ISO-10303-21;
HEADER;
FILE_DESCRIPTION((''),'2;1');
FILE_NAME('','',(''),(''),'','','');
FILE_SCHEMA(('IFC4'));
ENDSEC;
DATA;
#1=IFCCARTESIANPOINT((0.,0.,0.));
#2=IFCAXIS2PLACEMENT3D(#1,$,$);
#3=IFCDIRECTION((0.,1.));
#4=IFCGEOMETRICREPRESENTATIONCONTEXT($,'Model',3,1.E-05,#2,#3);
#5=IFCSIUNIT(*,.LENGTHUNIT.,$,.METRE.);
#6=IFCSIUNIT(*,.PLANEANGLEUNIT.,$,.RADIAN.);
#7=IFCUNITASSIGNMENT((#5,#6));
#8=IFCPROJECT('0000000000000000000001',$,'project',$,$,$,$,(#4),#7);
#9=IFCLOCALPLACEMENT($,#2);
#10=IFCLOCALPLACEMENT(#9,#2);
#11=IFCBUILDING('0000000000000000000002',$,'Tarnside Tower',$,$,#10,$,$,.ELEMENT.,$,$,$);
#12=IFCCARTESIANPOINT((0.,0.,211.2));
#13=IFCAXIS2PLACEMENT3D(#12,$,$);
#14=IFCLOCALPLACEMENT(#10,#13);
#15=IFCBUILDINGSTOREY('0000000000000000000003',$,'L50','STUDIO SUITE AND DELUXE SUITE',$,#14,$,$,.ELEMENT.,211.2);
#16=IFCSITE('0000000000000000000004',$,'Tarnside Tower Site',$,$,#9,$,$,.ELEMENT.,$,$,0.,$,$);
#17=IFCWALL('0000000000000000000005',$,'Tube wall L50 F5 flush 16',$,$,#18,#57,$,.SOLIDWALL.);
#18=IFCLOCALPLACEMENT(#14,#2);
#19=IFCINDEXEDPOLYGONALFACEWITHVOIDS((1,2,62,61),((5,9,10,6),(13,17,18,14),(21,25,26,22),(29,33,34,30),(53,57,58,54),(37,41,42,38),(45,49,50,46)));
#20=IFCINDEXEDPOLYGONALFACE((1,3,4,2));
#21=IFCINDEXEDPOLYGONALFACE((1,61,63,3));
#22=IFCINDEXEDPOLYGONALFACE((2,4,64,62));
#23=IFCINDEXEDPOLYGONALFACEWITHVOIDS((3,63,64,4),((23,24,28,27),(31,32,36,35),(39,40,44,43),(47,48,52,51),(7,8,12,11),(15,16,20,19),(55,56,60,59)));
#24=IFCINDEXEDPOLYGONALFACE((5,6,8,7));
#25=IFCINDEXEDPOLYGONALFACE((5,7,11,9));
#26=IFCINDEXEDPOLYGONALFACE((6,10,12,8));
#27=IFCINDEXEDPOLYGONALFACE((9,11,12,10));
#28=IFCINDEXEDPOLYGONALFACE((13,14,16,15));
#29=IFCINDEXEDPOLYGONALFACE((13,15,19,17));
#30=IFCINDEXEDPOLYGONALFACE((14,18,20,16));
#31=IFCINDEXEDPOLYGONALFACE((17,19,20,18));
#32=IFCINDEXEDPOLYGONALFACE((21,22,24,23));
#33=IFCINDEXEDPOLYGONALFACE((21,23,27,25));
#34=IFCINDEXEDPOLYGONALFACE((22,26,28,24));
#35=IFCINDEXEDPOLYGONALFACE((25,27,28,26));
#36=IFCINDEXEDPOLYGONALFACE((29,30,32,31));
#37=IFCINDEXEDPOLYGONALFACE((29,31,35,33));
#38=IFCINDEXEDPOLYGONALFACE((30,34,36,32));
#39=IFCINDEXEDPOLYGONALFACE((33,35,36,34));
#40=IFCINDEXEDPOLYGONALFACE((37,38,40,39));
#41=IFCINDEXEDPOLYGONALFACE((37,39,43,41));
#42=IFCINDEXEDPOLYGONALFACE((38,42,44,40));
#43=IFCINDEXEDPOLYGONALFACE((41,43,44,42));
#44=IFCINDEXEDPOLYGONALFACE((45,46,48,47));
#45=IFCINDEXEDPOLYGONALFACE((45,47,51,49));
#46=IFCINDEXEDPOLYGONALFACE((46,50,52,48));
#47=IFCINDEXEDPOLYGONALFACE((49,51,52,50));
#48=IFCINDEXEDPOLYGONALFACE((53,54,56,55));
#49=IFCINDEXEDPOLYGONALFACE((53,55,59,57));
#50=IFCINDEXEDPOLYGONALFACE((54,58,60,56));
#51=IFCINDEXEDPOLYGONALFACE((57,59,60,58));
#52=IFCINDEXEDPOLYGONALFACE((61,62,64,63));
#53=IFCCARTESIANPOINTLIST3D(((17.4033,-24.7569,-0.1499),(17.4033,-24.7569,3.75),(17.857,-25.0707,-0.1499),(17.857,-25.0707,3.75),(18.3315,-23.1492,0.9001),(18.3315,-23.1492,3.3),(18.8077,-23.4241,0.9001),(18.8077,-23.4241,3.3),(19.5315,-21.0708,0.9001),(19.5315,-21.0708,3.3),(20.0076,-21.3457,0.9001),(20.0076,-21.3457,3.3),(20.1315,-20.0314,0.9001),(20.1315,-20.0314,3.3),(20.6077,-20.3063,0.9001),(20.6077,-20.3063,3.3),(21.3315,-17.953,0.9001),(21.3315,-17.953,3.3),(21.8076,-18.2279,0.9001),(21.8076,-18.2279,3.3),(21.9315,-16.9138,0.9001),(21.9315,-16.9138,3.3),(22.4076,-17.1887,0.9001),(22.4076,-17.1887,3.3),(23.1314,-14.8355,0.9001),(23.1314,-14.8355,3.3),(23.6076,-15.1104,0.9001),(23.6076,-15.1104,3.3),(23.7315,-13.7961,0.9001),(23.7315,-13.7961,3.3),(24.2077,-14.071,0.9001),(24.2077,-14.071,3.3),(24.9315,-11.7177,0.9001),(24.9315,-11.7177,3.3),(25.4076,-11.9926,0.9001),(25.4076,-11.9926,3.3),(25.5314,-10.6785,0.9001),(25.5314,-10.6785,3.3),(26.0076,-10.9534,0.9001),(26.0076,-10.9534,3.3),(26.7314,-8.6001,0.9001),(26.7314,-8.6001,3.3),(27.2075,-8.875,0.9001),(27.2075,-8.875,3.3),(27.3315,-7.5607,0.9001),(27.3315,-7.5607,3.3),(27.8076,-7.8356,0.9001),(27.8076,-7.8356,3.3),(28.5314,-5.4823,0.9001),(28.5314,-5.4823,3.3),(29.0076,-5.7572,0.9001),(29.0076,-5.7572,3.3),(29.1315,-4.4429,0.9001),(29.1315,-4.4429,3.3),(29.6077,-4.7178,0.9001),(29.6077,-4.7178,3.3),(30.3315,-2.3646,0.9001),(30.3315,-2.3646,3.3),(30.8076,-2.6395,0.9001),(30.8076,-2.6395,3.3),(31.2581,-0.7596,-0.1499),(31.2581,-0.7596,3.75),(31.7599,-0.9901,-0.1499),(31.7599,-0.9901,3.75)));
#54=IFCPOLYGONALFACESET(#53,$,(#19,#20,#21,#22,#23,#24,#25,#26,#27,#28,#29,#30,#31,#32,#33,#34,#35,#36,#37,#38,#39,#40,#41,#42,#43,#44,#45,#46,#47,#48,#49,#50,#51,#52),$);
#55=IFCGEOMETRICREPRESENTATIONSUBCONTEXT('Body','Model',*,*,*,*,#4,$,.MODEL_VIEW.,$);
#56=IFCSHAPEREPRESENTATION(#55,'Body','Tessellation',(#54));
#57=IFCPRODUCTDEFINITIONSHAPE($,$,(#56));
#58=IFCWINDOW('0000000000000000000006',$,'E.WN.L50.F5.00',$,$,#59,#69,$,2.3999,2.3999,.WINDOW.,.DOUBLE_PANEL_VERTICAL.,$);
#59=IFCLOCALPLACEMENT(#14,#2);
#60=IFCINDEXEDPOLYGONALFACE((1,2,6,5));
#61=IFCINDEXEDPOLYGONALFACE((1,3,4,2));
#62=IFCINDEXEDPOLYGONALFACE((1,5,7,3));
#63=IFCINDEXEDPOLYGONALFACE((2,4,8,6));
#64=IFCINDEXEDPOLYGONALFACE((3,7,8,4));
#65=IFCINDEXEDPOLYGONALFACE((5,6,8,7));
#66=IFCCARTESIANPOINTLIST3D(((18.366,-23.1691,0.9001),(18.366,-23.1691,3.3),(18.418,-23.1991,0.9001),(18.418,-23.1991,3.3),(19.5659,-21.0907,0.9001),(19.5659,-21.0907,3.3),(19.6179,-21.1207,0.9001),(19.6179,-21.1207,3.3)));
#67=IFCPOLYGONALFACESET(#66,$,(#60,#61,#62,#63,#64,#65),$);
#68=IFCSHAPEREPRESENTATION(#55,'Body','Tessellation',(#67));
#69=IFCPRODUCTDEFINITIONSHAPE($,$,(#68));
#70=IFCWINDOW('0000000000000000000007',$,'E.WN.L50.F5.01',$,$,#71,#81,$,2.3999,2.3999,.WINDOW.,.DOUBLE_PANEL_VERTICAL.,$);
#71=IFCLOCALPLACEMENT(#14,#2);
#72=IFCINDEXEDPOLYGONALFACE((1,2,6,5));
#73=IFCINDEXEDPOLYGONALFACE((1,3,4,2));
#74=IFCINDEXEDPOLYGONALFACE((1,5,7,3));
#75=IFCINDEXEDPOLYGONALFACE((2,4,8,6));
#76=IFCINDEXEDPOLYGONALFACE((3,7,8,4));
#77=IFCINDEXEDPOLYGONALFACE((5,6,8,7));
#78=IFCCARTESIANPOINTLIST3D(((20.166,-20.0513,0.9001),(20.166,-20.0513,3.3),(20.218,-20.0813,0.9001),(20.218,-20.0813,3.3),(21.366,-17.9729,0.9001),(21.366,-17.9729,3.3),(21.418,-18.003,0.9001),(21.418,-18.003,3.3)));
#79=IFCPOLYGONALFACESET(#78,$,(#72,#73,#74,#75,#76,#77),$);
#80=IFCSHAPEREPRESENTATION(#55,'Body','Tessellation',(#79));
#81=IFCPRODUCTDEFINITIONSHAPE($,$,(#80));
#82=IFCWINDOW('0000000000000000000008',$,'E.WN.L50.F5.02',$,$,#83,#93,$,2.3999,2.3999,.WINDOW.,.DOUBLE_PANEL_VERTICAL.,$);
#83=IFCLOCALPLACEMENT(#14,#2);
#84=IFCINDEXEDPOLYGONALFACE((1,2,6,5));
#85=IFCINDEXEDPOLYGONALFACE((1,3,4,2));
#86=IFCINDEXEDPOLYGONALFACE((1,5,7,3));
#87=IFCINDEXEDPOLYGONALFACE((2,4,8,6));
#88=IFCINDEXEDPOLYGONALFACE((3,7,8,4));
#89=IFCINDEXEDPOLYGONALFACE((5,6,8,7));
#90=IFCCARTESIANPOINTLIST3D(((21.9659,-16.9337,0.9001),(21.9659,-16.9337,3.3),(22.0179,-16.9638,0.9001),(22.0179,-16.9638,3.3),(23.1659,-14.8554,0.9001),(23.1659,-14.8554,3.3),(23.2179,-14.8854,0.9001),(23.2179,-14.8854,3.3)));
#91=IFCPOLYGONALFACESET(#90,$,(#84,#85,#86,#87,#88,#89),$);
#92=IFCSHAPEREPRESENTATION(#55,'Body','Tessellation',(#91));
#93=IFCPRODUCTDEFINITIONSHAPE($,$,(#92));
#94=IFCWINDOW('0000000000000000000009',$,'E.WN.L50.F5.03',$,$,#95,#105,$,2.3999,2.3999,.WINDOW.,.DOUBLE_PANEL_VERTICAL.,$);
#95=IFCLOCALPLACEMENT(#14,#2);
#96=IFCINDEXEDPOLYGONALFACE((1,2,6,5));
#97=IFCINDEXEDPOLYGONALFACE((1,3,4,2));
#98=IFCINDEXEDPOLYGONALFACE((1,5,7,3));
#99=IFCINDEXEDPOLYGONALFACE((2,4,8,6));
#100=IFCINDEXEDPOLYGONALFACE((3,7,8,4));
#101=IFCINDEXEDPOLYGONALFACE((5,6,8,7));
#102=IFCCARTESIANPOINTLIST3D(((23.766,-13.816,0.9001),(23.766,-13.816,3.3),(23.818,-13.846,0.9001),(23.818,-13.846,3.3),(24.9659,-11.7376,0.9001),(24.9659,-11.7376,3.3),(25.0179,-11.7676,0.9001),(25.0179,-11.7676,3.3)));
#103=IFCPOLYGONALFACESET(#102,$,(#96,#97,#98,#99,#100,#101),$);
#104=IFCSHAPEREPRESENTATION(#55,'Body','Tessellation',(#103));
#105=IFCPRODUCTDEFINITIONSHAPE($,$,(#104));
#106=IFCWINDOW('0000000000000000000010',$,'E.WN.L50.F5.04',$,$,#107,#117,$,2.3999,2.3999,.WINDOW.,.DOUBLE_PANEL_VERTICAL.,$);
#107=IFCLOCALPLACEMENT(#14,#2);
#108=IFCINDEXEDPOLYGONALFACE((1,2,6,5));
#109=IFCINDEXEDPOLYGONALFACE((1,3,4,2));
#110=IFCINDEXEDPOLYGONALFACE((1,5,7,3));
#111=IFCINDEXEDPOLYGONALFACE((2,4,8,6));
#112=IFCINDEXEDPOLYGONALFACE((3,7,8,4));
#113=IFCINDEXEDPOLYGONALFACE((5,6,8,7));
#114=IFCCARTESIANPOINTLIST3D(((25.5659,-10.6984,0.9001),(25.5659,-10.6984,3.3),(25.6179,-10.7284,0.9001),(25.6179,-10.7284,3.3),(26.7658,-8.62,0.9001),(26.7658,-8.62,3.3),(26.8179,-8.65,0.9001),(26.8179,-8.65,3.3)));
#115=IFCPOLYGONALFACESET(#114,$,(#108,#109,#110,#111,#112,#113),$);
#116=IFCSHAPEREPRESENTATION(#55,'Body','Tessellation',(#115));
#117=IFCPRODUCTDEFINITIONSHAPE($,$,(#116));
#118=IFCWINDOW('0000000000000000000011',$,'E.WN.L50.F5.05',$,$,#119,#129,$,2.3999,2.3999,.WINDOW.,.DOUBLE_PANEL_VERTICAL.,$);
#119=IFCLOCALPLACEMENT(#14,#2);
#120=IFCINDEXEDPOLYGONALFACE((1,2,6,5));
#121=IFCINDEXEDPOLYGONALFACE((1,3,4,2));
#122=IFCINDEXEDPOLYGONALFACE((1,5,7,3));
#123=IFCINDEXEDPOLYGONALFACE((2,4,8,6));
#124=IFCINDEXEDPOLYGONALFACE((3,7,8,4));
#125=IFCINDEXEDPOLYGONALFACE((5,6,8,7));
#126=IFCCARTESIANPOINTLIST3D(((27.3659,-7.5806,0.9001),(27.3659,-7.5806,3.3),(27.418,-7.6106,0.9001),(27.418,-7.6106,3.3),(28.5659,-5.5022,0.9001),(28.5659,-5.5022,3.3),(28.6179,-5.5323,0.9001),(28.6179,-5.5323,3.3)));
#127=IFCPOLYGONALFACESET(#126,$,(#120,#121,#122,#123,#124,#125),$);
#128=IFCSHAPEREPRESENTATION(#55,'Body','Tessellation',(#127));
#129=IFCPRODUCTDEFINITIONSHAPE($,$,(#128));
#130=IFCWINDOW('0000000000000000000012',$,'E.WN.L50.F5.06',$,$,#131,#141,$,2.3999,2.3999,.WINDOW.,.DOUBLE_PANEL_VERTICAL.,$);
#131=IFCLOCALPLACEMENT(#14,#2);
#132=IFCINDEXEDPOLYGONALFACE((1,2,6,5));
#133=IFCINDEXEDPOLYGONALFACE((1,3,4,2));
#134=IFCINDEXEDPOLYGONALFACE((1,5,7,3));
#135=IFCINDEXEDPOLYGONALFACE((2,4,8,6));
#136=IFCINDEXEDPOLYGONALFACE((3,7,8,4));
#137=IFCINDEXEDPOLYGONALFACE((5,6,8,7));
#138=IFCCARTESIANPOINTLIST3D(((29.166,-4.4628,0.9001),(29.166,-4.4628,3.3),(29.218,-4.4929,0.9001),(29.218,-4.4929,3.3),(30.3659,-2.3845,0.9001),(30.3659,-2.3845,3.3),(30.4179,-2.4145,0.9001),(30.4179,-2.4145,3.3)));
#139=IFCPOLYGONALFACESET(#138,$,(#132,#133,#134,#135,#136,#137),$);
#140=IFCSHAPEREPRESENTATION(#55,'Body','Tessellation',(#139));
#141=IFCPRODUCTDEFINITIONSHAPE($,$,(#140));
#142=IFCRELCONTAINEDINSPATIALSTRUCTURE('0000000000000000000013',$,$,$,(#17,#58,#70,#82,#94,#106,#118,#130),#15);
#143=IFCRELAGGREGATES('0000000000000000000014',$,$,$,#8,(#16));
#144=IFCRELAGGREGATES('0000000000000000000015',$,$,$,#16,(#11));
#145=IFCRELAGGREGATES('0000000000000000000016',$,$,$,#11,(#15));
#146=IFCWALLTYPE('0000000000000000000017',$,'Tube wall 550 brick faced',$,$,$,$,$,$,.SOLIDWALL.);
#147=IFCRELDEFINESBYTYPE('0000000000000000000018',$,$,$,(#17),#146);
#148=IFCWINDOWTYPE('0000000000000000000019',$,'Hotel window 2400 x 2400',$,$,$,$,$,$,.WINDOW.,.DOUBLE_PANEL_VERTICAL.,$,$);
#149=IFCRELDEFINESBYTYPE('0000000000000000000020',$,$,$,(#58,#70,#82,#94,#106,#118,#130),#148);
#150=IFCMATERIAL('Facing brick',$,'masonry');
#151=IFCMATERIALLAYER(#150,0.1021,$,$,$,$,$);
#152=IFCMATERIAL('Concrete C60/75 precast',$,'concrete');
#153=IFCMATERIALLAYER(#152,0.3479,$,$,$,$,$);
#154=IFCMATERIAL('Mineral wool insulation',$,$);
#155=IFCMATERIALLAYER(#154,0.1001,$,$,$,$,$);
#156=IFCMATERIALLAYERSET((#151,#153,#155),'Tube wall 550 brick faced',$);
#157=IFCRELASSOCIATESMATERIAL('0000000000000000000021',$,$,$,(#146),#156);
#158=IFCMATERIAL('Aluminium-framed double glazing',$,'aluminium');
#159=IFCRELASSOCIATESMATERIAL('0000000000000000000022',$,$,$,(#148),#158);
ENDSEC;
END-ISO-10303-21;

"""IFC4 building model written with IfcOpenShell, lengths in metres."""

from ifc_helpers import new_model, si_unit, direction, frame, frame_2d, origin, place, context, subcontext, project, spatial, polyline, rectangle, outline, extrude, material, layer, layer_set, type_object, element, fill, save


model = new_model("IFC4")

# Units and contexts
model_context = context("Model", 3, precision=1e-05, world=origin(), true_north=direction((0.0, 1.0)))
body_context = subcontext(model_context, "Body", "Model", "MODEL_VIEW")
ifc_project = project(units=[si_unit("LENGTHUNIT", "METRE"), si_unit("PLANEANGLEUNIT", "RADIAN")], contexts=[model_context])

# Site, building, storey
site_placement = place(None, origin())
site = spatial("IfcSite", under=ifc_project, at=site_placement, Name="Tarnside Tower Site", CompositionType="ELEMENT", RefElevation=0.0)
building_placement = place(site_placement, origin())
building = spatial("IfcBuilding", under=site, at=building_placement, Name="Tarnside Tower", CompositionType="ELEMENT")
storey_placement = place(building_placement, frame((0.0, 0.0, 211.2)))
storey = spatial("IfcBuildingStorey", under=building, at=storey_placement, Name="L50", Description="STUDIO SUITE AND DELUXE SUITE", CompositionType="ELEMENT", Elevation=211.2)

# Shared definitions
ifc_material_1 = material(Name="Facing brick", Category="masonry")
ifc_layer_1 = layer(ifc_material_1, 0.1021)
ifc_material_2 = material(Name="Concrete C60/75 precast", Category="concrete")
ifc_layer_2 = layer(ifc_material_2, 0.3479)
ifc_material_3 = material(Name="Mineral wool insulation")
ifc_layer_3 = layer(ifc_material_3, 0.1001)
ifc_layer_set_1 = layer_set([ifc_layer_1, ifc_layer_2, ifc_layer_3], Name="Tube wall 550 brick faced")
wall_type_1 = type_object("IfcWallType", Name="Tube wall 550 brick faced", PredefinedType="SOLIDWALL", material=ifc_layer_set_1)

# Wall, openings, windows
wall_1_placement = place(storey_placement, frame((17.6301, -24.9138, -0.1499), z_axis=(0.0, 0.0, 1.0), x_axis=(0.499999, 0.866026, 0.0)))
wall_1 = element("IfcWall", 1, at=wall_1_placement, inside=storey, type_object=wall_type_1, Name="Tube wall L50 F5 flush 16", PredefinedType="SOLIDWALL", context=body_context, shape_type="SweptSolid", body=[
    extrude(outline(polyline([(-0.0225, -0.2749), (27.7834, -0.2749), (27.7322, 0.2749), (0.0225, 0.2749), (-0.0225, -0.2749)])), origin(), (0.0, 0.0, 1.0), 3.8999),
])
opening_1_placement = place(wall_1_placement, frame((1.8789, 0.0, 1.05)))
opening_1 = element("IfcOpeningElement", 2, at=opening_1_placement, cuts=wall_1, PredefinedType="OPENING", context=body_context, shape_type="SweptSolid", body=[
    extrude(rectangle(XDim=2.3999, YDim=2.3999, at=frame_2d((1.2, 1.2))), frame((0.0, 0.2852, 0.0), z_axis=(0.0, -1.0, 0.0), x_axis=(1.0, 0.0, 0.0)), (0.0, 0.0, 1.0), 0.5701),
])
opening_2_placement = place(wall_1_placement, frame((5.479, 0.0, 1.05)))
opening_2 = element("IfcOpeningElement", 3, at=opening_2_placement, cuts=wall_1, PredefinedType="OPENING", context=body_context, shape_type="SweptSolid", body=[
    extrude(rectangle(XDim=2.3999, YDim=2.3999, at=frame_2d((1.2, 1.2))), frame((0.0, 0.2852, 0.0), z_axis=(0.0, -1.0, 0.0), x_axis=(1.0, 0.0, 0.0)), (0.0, 0.0, 1.0), 0.5701),
])
opening_3_placement = place(wall_1_placement, frame((9.0789, 0.0, 1.05)))
opening_3 = element("IfcOpeningElement", 4, at=opening_3_placement, cuts=wall_1, PredefinedType="OPENING", context=body_context, shape_type="SweptSolid", body=[
    extrude(rectangle(XDim=2.3999, YDim=2.3999, at=frame_2d((1.2, 1.2))), frame((0.0, 0.2852, 0.0), z_axis=(0.0, -1.0, 0.0), x_axis=(1.0, 0.0, 0.0)), (0.0, 0.0, 1.0), 0.5701),
])
opening_4_placement = place(wall_1_placement, frame((12.679, 0.0, 1.05)))
opening_4 = element("IfcOpeningElement", 5, at=opening_4_placement, cuts=wall_1, PredefinedType="OPENING", context=body_context, shape_type="SweptSolid", body=[
    extrude(rectangle(XDim=2.3999, YDim=2.3999, at=frame_2d((1.2, 1.2))), frame((0.0, 0.2852, 0.0), z_axis=(0.0, -1.0, 0.0), x_axis=(1.0, 0.0, 0.0)), (0.0, 0.0, 1.0), 0.5701),
])
opening_5_placement = place(wall_1_placement, frame((16.2788, 0.0, 1.05)))
opening_5 = element("IfcOpeningElement", 6, at=opening_5_placement, cuts=wall_1, PredefinedType="OPENING", context=body_context, shape_type="SweptSolid", body=[
    extrude(rectangle(XDim=2.3999, YDim=2.3999, at=frame_2d((1.2, 1.2))), frame((0.0, 0.2852, 0.0), z_axis=(0.0, -1.0, 0.0), x_axis=(1.0, 0.0, 0.0)), (0.0, 0.0, 1.0), 0.5701),
])
opening_6_placement = place(wall_1_placement, frame((19.8789, 0.0, 1.05)))
opening_6 = element("IfcOpeningElement", 7, at=opening_6_placement, cuts=wall_1, PredefinedType="OPENING", context=body_context, shape_type="SweptSolid", body=[
    extrude(rectangle(XDim=2.3999, YDim=2.3999, at=frame_2d((1.2, 1.2))), frame((0.0, 0.2852, 0.0), z_axis=(0.0, -1.0, 0.0), x_axis=(1.0, 0.0, 0.0)), (0.0, 0.0, 1.0), 0.5701),
])
opening_7_placement = place(wall_1_placement, frame((23.479, 0.0, 1.05)))
opening_7 = element("IfcOpeningElement", 8, at=opening_7_placement, cuts=wall_1, PredefinedType="OPENING", context=body_context, shape_type="SweptSolid", body=[
    extrude(rectangle(XDim=2.3999, YDim=2.3999, at=frame_2d((1.2, 1.2))), frame((0.0, 0.2852, 0.0), z_axis=(0.0, -1.0, 0.0), x_axis=(1.0, 0.0, 0.0)), (0.0, 0.0, 1.0), 0.5701),
])
ifc_material_4 = material(Name="Aluminium-framed double glazing", Category="aluminium")
window_type = type_object("IfcWindowType", Name="Hotel window 2400 x 2400", PartitioningType="DOUBLE_PANEL_VERTICAL", PredefinedType="WINDOW", material=ifc_material_4)
window_1_placement = place(opening_1_placement, frame((0.0, 0.2051, 0.0)))
window_1 = element("IfcWindow", 9, at=window_1_placement, inside=storey, type_object=window_type, Name="E.WN.L50.F5.00", OverallHeight=2.3999, OverallWidth=2.3999, PartitioningType="DOUBLE_PANEL_VERTICAL", PredefinedType="WINDOW", context=body_context, shape_type="SweptSolid", body=[
    extrude(rectangle(XDim=2.3999, YDim=2.3999, at=frame_2d((1.2, 1.2))), frame((0.0, 0.03, 0.0), z_axis=(0.0, -1.0, 0.0), x_axis=(1.0, 0.0, 0.0)), (0.0, 0.0, 1.0), 0.0601),
])
fill(opening_1, window_1)
window_2_placement = place(opening_2_placement, frame((0.0, 0.2051, 0.0)))
window_2 = element("IfcWindow", 10, at=window_2_placement, inside=storey, type_object=window_type, Name="E.WN.L50.F5.01", OverallHeight=2.3999, OverallWidth=2.3999, PartitioningType="DOUBLE_PANEL_VERTICAL", PredefinedType="WINDOW", context=body_context, shape_type="SweptSolid", body=[
    extrude(rectangle(XDim=2.3999, YDim=2.3999, at=frame_2d((1.2, 1.2))), frame((0.0, 0.03, 0.0), z_axis=(0.0, -1.0, 0.0), x_axis=(1.0, 0.0, 0.0)), (0.0, 0.0, 1.0), 0.0601),
])
fill(opening_2, window_2)
window_3_placement = place(opening_3_placement, frame((0.0, 0.2051, 0.0)))
window_3 = element("IfcWindow", 11, at=window_3_placement, inside=storey, type_object=window_type, Name="E.WN.L50.F5.02", OverallHeight=2.3999, OverallWidth=2.3999, PartitioningType="DOUBLE_PANEL_VERTICAL", PredefinedType="WINDOW", context=body_context, shape_type="SweptSolid", body=[
    extrude(rectangle(XDim=2.3999, YDim=2.3999, at=frame_2d((1.2, 1.2))), frame((0.0, 0.03, 0.0), z_axis=(0.0, -1.0, 0.0), x_axis=(1.0, 0.0, 0.0)), (0.0, 0.0, 1.0), 0.0601),
])
fill(opening_3, window_3)
window_4_placement = place(opening_4_placement, frame((0.0, 0.2051, 0.0)))
window_4 = element("IfcWindow", 12, at=window_4_placement, inside=storey, type_object=window_type, Name="E.WN.L50.F5.03", OverallHeight=2.3999, OverallWidth=2.3999, PartitioningType="DOUBLE_PANEL_VERTICAL", PredefinedType="WINDOW", context=body_context, shape_type="SweptSolid", body=[
    extrude(rectangle(XDim=2.3999, YDim=2.3999, at=frame_2d((1.2, 1.2))), frame((0.0, 0.03, 0.0), z_axis=(0.0, -1.0, 0.0), x_axis=(1.0, 0.0, 0.0)), (0.0, 0.0, 1.0), 0.0601),
])
fill(opening_4, window_4)
window_5_placement = place(opening_5_placement, frame((0.0, 0.2051, 0.0)))
window_5 = element("IfcWindow", 13, at=window_5_placement, inside=storey, type_object=window_type, Name="E.WN.L50.F5.04", OverallHeight=2.3999, OverallWidth=2.3999, PartitioningType="DOUBLE_PANEL_VERTICAL", PredefinedType="WINDOW", context=body_context, shape_type="SweptSolid", body=[
    extrude(rectangle(XDim=2.3999, YDim=2.3999, at=frame_2d((1.2, 1.2))), frame((0.0, 0.03, 0.0), z_axis=(0.0, -1.0, 0.0), x_axis=(1.0, 0.0, 0.0)), (0.0, 0.0, 1.0), 0.0601),
])
fill(opening_5, window_5)
window_6_placement = place(opening_6_placement, frame((0.0, 0.2051, 0.0)))
window_6 = element("IfcWindow", 14, at=window_6_placement, inside=storey, type_object=window_type, Name="E.WN.L50.F5.05", OverallHeight=2.3999, OverallWidth=2.3999, PartitioningType="DOUBLE_PANEL_VERTICAL", PredefinedType="WINDOW", context=body_context, shape_type="SweptSolid", body=[
    extrude(rectangle(XDim=2.3999, YDim=2.3999, at=frame_2d((1.2, 1.2))), frame((0.0, 0.03, 0.0), z_axis=(0.0, -1.0, 0.0), x_axis=(1.0, 0.0, 0.0)), (0.0, 0.0, 1.0), 0.0601),
])
fill(opening_6, window_6)
window_7_placement = place(opening_7_placement, frame((0.0, 0.2051, 0.0)))
window_7 = element("IfcWindow", 15, at=window_7_placement, inside=storey, type_object=window_type, Name="E.WN.L50.F5.06", OverallHeight=2.3999, OverallWidth=2.3999, PartitioningType="DOUBLE_PANEL_VERTICAL", PredefinedType="WINDOW", context=body_context, shape_type="SweptSolid", body=[
    extrude(rectangle(XDim=2.3999, YDim=2.3999, at=frame_2d((1.2, 1.2))), frame((0.0, 0.03, 0.0), z_axis=(0.0, -1.0, 0.0), x_axis=(1.0, 0.0, 0.0)), (0.0, 0.0, 1.0), 0.0601),
])
fill(opening_7, window_7)

save(model, "model.ifc")
